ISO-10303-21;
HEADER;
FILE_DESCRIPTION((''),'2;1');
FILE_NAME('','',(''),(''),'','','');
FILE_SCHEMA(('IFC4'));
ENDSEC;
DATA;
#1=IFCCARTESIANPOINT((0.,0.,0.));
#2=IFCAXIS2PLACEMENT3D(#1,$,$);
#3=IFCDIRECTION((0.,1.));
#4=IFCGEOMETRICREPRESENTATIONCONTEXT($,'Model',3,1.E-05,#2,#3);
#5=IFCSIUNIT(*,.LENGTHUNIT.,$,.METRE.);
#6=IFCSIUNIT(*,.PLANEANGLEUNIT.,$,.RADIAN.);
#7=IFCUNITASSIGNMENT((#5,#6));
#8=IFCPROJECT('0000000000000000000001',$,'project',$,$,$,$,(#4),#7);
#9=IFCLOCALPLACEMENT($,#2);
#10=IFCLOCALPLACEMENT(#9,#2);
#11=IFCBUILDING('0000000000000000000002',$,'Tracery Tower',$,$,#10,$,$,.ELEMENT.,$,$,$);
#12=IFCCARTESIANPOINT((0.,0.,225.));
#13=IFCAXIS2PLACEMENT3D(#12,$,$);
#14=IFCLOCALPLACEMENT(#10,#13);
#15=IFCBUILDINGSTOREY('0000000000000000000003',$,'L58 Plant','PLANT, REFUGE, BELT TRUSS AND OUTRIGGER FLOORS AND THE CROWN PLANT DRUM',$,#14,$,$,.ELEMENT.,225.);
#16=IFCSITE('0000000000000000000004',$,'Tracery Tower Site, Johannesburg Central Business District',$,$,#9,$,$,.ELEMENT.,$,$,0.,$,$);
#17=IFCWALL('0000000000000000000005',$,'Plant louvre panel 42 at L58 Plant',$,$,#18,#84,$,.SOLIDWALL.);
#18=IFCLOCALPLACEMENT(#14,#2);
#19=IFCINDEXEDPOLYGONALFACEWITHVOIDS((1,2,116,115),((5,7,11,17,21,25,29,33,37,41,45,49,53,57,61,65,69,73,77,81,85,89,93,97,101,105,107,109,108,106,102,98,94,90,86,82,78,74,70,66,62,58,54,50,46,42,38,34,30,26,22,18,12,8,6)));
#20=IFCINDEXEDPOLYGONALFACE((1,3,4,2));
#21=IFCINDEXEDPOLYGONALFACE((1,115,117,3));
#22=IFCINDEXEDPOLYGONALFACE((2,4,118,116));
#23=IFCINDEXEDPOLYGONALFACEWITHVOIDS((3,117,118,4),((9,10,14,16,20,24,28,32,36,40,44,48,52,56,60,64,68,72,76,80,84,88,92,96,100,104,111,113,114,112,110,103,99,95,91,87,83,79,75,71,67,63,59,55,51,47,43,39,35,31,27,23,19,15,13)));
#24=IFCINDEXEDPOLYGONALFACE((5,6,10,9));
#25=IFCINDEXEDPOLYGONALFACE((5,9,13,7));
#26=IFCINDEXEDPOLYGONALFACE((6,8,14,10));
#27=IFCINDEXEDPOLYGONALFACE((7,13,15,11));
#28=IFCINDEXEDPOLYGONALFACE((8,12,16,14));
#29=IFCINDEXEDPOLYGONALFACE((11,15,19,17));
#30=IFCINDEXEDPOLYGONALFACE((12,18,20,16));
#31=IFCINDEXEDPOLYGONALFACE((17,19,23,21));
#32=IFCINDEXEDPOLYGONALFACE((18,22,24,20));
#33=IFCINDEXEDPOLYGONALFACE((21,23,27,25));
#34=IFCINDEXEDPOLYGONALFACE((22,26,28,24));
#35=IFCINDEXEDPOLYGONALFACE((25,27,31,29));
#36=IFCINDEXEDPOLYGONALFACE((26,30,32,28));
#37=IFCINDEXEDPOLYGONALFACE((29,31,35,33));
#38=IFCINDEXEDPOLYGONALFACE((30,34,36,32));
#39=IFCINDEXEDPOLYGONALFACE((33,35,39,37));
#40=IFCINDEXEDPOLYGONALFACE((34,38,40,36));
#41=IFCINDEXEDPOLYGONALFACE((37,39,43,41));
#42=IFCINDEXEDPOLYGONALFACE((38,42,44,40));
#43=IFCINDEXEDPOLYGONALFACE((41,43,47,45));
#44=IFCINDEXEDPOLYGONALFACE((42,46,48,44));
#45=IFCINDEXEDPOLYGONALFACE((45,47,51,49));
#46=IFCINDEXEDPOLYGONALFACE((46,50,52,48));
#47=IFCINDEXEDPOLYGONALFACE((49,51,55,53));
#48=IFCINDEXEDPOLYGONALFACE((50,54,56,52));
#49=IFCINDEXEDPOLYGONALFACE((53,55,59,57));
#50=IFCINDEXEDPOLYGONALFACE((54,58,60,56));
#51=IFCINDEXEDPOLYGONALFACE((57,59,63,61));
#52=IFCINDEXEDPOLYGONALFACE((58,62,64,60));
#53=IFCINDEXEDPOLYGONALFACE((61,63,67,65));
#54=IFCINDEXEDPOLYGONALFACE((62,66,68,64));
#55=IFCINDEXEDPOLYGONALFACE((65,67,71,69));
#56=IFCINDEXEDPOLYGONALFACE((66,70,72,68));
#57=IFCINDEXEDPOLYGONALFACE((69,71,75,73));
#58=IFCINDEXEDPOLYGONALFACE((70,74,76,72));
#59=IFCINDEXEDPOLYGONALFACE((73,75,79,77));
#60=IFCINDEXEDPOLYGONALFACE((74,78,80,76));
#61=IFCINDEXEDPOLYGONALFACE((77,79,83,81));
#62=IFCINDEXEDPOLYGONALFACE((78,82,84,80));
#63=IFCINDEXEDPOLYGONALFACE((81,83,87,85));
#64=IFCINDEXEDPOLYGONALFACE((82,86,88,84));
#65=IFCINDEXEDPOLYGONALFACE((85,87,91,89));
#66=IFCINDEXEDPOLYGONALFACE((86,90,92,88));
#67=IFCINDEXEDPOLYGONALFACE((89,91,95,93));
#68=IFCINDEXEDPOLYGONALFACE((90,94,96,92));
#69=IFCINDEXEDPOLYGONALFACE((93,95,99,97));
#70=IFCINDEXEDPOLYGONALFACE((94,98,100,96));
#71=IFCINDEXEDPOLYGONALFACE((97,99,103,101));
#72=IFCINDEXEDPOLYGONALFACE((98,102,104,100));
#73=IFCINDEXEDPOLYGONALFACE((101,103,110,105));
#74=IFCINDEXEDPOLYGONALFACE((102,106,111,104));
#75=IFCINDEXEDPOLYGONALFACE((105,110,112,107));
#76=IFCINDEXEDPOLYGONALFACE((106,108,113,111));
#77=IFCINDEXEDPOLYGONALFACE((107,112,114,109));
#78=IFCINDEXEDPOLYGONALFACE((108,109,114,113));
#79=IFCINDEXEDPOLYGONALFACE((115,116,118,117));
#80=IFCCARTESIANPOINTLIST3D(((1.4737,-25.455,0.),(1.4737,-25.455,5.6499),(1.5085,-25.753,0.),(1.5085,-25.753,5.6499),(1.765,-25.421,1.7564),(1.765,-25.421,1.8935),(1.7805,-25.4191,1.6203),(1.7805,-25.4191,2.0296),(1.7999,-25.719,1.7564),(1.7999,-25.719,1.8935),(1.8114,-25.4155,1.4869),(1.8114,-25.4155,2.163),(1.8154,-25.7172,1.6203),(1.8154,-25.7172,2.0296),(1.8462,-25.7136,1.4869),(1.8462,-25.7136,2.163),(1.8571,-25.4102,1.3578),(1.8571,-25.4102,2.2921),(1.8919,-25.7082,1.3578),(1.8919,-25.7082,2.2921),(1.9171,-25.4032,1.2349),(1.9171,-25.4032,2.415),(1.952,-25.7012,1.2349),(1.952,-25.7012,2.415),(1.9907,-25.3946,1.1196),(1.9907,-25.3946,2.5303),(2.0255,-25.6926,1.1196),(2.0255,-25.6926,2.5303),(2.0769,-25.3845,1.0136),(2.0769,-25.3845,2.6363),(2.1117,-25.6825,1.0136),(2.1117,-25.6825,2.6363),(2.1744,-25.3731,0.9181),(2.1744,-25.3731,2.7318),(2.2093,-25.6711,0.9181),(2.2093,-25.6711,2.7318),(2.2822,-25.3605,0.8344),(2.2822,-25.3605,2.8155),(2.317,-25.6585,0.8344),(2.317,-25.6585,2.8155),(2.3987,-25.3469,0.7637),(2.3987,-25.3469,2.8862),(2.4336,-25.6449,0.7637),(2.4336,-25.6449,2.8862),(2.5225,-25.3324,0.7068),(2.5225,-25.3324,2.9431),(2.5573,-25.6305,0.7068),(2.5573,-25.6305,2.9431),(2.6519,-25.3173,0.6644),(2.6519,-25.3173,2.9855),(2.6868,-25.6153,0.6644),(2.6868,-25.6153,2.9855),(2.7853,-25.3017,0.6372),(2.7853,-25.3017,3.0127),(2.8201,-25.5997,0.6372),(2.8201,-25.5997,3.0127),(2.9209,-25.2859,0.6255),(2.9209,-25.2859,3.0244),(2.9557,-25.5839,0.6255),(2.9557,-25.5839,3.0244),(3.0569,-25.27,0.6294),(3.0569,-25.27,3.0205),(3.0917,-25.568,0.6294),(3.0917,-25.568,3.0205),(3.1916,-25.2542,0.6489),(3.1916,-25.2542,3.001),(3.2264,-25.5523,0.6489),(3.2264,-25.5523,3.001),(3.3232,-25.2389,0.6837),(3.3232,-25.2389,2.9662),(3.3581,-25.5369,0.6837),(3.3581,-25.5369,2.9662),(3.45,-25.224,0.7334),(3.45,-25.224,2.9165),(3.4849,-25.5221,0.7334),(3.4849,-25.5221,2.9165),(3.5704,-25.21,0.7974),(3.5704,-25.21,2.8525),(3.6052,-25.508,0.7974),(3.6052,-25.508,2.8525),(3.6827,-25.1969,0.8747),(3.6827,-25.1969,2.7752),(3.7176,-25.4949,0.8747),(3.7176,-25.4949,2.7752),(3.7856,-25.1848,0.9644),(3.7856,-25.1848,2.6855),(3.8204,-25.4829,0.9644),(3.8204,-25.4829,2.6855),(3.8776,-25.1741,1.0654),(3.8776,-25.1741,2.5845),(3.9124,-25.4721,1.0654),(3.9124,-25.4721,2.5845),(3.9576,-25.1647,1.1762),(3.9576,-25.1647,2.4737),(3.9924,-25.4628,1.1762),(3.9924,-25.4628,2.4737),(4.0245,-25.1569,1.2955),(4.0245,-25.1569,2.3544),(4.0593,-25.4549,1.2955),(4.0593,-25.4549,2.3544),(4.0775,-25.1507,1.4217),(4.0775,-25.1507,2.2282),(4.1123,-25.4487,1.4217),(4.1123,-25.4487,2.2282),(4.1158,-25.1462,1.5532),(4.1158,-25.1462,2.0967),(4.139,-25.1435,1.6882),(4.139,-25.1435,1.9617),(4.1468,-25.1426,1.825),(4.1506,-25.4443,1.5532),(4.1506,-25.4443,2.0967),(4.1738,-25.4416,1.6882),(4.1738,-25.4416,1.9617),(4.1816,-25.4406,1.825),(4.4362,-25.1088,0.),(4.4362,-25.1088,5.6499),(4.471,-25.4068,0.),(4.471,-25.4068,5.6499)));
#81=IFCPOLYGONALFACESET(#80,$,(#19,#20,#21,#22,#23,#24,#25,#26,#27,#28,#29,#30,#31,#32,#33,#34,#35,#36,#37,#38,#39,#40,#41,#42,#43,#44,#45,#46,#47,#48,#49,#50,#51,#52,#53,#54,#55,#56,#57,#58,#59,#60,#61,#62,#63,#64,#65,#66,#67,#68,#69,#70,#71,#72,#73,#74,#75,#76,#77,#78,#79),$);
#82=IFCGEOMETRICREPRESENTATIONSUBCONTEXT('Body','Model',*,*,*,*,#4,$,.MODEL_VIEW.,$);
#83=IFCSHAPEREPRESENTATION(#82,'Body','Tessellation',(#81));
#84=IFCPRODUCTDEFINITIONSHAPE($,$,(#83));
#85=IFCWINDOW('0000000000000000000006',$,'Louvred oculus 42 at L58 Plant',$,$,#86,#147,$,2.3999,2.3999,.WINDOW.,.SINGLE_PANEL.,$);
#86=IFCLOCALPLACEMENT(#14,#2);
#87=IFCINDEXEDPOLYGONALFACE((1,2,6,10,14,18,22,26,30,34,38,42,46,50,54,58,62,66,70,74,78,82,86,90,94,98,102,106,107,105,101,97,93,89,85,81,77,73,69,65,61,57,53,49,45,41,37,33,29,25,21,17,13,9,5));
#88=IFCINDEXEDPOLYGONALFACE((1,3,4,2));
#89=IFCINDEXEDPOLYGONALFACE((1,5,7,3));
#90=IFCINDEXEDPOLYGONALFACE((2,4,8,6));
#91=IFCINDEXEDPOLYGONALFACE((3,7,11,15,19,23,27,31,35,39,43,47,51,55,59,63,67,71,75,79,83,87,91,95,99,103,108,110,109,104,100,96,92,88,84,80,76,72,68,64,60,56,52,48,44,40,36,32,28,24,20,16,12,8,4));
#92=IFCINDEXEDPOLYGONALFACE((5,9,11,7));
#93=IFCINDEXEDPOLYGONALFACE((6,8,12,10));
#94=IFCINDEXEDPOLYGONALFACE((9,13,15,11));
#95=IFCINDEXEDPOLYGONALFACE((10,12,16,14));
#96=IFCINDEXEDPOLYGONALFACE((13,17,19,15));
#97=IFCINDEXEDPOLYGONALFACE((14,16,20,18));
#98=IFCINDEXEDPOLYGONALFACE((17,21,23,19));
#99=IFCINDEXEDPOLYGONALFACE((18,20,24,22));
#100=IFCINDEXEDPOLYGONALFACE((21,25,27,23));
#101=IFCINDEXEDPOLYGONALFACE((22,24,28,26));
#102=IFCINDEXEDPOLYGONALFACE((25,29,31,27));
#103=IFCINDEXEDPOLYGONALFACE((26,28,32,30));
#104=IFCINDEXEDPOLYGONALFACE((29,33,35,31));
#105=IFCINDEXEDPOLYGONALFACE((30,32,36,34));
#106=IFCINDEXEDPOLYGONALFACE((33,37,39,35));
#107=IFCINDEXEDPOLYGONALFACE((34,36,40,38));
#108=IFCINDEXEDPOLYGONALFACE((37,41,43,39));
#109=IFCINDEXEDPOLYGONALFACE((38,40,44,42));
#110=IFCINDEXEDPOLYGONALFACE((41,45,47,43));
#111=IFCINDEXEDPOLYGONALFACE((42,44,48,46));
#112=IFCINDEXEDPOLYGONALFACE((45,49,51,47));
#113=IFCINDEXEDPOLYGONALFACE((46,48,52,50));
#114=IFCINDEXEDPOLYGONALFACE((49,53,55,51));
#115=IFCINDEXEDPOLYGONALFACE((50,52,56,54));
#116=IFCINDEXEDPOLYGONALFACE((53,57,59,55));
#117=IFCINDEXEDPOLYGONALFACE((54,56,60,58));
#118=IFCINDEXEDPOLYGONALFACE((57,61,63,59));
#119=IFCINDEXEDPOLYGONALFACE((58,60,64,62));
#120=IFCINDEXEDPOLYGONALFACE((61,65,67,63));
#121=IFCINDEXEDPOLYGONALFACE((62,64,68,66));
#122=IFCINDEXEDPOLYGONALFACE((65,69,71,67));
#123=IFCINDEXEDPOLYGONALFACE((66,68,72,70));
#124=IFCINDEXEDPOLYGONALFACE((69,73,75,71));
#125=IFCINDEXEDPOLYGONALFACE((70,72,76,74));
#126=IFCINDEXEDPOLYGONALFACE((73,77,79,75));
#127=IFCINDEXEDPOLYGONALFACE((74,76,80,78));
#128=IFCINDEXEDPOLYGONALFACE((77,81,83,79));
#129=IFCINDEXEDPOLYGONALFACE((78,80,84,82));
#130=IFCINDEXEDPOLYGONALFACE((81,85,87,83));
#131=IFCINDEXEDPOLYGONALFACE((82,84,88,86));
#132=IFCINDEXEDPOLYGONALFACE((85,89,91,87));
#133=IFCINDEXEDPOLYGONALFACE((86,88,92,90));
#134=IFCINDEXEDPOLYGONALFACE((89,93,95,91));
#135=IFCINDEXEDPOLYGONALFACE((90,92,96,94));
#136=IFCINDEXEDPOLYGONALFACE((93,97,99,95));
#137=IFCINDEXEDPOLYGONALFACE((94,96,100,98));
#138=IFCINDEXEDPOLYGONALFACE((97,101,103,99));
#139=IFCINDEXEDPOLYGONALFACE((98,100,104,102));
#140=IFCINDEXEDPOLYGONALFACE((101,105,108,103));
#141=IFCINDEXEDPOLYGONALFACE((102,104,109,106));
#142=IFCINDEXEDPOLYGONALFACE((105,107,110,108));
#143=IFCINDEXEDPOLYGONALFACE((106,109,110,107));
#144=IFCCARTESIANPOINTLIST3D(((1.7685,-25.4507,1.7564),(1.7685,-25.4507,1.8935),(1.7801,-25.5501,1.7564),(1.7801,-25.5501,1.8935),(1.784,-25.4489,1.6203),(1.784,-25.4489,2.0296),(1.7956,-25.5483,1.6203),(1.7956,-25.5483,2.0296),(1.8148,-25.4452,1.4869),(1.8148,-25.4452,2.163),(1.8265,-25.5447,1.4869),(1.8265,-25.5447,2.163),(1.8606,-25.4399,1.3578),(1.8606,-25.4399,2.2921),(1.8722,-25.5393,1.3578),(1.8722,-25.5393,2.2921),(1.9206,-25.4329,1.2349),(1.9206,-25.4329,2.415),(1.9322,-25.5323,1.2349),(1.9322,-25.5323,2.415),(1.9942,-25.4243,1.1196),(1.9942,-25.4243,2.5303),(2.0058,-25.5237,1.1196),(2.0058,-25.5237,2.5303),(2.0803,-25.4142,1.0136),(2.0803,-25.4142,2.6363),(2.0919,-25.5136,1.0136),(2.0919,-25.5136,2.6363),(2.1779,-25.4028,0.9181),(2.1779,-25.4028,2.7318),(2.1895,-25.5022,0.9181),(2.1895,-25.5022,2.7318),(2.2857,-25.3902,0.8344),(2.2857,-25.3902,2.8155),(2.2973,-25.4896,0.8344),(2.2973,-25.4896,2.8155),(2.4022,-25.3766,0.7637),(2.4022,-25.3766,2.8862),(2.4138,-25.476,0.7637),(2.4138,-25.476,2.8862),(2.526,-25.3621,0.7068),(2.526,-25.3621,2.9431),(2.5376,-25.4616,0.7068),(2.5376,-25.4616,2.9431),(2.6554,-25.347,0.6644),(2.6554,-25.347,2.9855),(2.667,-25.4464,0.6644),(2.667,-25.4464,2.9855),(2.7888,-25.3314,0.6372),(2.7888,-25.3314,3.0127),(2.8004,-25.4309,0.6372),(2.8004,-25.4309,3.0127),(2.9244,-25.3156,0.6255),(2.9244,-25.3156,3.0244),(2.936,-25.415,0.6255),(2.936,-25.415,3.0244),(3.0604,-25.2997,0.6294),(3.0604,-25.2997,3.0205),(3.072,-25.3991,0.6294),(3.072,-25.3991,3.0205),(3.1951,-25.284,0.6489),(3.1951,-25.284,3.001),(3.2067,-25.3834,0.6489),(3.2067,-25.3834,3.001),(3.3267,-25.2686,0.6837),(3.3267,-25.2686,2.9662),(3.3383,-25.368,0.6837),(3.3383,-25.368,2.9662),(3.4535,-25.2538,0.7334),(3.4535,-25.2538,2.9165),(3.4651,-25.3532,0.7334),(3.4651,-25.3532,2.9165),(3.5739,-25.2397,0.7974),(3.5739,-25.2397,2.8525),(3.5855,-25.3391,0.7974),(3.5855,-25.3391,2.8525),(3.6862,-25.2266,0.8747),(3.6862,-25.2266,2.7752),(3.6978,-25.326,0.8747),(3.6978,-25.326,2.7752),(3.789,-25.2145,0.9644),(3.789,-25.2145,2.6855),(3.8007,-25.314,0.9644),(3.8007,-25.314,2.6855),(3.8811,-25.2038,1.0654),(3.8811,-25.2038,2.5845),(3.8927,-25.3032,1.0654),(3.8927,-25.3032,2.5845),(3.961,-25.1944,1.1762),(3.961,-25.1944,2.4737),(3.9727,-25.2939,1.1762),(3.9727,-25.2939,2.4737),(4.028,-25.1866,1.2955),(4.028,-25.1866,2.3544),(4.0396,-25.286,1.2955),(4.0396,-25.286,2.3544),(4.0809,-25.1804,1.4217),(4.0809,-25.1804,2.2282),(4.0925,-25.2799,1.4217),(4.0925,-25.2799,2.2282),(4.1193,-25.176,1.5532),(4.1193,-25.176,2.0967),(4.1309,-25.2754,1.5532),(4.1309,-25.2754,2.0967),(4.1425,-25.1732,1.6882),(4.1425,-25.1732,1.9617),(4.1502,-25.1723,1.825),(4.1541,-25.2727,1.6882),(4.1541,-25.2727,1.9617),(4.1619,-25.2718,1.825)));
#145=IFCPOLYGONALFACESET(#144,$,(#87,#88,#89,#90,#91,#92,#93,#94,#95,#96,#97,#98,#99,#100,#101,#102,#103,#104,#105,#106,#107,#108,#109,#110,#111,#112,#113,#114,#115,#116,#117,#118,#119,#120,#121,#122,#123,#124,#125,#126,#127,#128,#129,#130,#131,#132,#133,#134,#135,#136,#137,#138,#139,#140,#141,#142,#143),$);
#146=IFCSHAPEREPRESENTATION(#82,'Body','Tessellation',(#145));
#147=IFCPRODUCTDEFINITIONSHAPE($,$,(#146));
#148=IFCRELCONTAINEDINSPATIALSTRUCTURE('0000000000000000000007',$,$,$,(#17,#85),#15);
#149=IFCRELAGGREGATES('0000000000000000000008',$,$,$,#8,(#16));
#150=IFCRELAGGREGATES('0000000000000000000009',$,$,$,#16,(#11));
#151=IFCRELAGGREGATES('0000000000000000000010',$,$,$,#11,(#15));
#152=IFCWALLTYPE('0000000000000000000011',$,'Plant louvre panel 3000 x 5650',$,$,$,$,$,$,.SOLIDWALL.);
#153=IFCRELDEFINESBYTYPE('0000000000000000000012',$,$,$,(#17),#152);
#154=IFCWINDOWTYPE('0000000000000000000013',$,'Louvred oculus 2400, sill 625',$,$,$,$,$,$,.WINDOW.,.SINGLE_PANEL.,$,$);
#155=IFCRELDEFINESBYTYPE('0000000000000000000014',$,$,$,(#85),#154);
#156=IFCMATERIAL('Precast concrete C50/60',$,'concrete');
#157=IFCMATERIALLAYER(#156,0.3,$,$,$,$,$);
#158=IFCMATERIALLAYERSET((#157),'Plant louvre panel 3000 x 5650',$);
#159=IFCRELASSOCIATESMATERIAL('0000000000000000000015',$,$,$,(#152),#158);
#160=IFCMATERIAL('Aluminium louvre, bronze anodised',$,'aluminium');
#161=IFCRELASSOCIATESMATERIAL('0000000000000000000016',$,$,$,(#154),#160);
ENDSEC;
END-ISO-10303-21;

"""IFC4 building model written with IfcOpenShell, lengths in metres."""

from ifc_helpers import new_model, si_unit, direction, frame, frame_2d, origin, origin_2d, place, context, subcontext, project, spatial, rectangle, circle, extrude, material, layer, layer_set, type_object, element, fill, save


model = new_model("IFC4")

# Units and contexts
model_context = context("Model", 3, precision=1e-05, world=origin(), true_north=direction((0.0, 1.0)))
body_context = subcontext(model_context, "Body", "Model", "MODEL_VIEW")
ifc_project = project(units=[si_unit("LENGTHUNIT", "METRE"), si_unit("PLANEANGLEUNIT", "RADIAN")], contexts=[model_context])

# Site, building, storey
site_placement = place(None, origin())
site = spatial("IfcSite", under=ifc_project, at=site_placement, Name="Tracery Tower Site, Johannesburg Central Business District", CompositionType="ELEMENT", RefElevation=0.0)
building_placement = place(site_placement, origin())
building = spatial("IfcBuilding", under=site, at=building_placement, Name="Tracery Tower", CompositionType="ELEMENT")
storey_placement = place(building_placement, frame((0.0, 0.0, 225.0)))
storey = spatial("IfcBuildingStorey", under=building, at=storey_placement, Name="L58 Plant", Description="PLANT, REFUGE, BELT TRUSS AND OUTRIGGER FLOORS AND THE CROWN PLANT DRUM", CompositionType="ELEMENT", Elevation=225.0)

# Wall, opening, window
ifc_material_1 = material(Name="Precast concrete C50/60", Category="concrete")
ifc_layer_1 = layer(ifc_material_1, 0.3)
ifc_layer_set_1 = layer_set([ifc_layer_1], Name="Plant louvre panel 3000 x 5650")
wall_type_1 = type_object("IfcWallType", Name="Plant louvre panel 3000 x 5650", PredefinedType="SOLIDWALL", material=ifc_layer_set_1)
wall_1_placement = place(storey_placement, frame((1.4912, -25.604, 0.0), z_axis=(0.0, 0.0, 1.0), x_axis=(0.993241, 0.116072, 0.0)))
wall_1 = element("IfcWall", 1, at=wall_1_placement, inside=storey, type_object=wall_type_1, Name="Plant louvre panel 42 at L58 Plant", PredefinedType="SOLIDWALL", context=body_context, shape_type="SweptSolid", body=[
    extrude(rectangle(XDim=2.9827, YDim=0.3, at=frame_2d((1.4912, 0.0))), origin(), (0.0, 0.0, 1.0), 5.6499),
])
opening_1_placement = place(wall_1_placement, frame((1.4912, 0.0, 1.825)))
opening_1 = element("IfcOpeningElement", 2, at=opening_1_placement, cuts=wall_1, PredefinedType="OPENING", context=body_context, shape_type="SweptSolid", body=[
    extrude(circle(Radius=1.2, at=origin_2d()), frame((0.0, 0.1599, 0.0), z_axis=(0.0, -1.0, 0.0), x_axis=(1.0, 0.0, 0.0)), (0.0, 0.0, 1.0), 0.3201),
])
ifc_material_2 = material(Name="Aluminium louvre, bronze anodised", Category="aluminium")
window_type = type_object("IfcWindowType", Name="Louvred oculus 2400, sill 625", PartitioningType="SINGLE_PANEL", PredefinedType="WINDOW", material=ifc_material_2)
window_1_placement = place(opening_1_placement, origin())
window_1 = element("IfcWindow", 3, at=window_1_placement, inside=storey, type_object=window_type, Name="Louvred oculus 42 at L58 Plant", OverallHeight=2.3999, OverallWidth=2.3999, PartitioningType="SINGLE_PANEL", PredefinedType="WINDOW", context=body_context, shape_type="SweptSolid", body=[
    extrude(circle(Radius=1.2, at=origin_2d()), frame((0.0, 0.1201, 0.0), z_axis=(0.0, -1.0, 0.0), x_axis=(1.0, 0.0, 0.0)), (0.0, 0.0, 1.0), 0.1001),
])
fill(opening_1, window_1)

save(model, "model.ifc")
